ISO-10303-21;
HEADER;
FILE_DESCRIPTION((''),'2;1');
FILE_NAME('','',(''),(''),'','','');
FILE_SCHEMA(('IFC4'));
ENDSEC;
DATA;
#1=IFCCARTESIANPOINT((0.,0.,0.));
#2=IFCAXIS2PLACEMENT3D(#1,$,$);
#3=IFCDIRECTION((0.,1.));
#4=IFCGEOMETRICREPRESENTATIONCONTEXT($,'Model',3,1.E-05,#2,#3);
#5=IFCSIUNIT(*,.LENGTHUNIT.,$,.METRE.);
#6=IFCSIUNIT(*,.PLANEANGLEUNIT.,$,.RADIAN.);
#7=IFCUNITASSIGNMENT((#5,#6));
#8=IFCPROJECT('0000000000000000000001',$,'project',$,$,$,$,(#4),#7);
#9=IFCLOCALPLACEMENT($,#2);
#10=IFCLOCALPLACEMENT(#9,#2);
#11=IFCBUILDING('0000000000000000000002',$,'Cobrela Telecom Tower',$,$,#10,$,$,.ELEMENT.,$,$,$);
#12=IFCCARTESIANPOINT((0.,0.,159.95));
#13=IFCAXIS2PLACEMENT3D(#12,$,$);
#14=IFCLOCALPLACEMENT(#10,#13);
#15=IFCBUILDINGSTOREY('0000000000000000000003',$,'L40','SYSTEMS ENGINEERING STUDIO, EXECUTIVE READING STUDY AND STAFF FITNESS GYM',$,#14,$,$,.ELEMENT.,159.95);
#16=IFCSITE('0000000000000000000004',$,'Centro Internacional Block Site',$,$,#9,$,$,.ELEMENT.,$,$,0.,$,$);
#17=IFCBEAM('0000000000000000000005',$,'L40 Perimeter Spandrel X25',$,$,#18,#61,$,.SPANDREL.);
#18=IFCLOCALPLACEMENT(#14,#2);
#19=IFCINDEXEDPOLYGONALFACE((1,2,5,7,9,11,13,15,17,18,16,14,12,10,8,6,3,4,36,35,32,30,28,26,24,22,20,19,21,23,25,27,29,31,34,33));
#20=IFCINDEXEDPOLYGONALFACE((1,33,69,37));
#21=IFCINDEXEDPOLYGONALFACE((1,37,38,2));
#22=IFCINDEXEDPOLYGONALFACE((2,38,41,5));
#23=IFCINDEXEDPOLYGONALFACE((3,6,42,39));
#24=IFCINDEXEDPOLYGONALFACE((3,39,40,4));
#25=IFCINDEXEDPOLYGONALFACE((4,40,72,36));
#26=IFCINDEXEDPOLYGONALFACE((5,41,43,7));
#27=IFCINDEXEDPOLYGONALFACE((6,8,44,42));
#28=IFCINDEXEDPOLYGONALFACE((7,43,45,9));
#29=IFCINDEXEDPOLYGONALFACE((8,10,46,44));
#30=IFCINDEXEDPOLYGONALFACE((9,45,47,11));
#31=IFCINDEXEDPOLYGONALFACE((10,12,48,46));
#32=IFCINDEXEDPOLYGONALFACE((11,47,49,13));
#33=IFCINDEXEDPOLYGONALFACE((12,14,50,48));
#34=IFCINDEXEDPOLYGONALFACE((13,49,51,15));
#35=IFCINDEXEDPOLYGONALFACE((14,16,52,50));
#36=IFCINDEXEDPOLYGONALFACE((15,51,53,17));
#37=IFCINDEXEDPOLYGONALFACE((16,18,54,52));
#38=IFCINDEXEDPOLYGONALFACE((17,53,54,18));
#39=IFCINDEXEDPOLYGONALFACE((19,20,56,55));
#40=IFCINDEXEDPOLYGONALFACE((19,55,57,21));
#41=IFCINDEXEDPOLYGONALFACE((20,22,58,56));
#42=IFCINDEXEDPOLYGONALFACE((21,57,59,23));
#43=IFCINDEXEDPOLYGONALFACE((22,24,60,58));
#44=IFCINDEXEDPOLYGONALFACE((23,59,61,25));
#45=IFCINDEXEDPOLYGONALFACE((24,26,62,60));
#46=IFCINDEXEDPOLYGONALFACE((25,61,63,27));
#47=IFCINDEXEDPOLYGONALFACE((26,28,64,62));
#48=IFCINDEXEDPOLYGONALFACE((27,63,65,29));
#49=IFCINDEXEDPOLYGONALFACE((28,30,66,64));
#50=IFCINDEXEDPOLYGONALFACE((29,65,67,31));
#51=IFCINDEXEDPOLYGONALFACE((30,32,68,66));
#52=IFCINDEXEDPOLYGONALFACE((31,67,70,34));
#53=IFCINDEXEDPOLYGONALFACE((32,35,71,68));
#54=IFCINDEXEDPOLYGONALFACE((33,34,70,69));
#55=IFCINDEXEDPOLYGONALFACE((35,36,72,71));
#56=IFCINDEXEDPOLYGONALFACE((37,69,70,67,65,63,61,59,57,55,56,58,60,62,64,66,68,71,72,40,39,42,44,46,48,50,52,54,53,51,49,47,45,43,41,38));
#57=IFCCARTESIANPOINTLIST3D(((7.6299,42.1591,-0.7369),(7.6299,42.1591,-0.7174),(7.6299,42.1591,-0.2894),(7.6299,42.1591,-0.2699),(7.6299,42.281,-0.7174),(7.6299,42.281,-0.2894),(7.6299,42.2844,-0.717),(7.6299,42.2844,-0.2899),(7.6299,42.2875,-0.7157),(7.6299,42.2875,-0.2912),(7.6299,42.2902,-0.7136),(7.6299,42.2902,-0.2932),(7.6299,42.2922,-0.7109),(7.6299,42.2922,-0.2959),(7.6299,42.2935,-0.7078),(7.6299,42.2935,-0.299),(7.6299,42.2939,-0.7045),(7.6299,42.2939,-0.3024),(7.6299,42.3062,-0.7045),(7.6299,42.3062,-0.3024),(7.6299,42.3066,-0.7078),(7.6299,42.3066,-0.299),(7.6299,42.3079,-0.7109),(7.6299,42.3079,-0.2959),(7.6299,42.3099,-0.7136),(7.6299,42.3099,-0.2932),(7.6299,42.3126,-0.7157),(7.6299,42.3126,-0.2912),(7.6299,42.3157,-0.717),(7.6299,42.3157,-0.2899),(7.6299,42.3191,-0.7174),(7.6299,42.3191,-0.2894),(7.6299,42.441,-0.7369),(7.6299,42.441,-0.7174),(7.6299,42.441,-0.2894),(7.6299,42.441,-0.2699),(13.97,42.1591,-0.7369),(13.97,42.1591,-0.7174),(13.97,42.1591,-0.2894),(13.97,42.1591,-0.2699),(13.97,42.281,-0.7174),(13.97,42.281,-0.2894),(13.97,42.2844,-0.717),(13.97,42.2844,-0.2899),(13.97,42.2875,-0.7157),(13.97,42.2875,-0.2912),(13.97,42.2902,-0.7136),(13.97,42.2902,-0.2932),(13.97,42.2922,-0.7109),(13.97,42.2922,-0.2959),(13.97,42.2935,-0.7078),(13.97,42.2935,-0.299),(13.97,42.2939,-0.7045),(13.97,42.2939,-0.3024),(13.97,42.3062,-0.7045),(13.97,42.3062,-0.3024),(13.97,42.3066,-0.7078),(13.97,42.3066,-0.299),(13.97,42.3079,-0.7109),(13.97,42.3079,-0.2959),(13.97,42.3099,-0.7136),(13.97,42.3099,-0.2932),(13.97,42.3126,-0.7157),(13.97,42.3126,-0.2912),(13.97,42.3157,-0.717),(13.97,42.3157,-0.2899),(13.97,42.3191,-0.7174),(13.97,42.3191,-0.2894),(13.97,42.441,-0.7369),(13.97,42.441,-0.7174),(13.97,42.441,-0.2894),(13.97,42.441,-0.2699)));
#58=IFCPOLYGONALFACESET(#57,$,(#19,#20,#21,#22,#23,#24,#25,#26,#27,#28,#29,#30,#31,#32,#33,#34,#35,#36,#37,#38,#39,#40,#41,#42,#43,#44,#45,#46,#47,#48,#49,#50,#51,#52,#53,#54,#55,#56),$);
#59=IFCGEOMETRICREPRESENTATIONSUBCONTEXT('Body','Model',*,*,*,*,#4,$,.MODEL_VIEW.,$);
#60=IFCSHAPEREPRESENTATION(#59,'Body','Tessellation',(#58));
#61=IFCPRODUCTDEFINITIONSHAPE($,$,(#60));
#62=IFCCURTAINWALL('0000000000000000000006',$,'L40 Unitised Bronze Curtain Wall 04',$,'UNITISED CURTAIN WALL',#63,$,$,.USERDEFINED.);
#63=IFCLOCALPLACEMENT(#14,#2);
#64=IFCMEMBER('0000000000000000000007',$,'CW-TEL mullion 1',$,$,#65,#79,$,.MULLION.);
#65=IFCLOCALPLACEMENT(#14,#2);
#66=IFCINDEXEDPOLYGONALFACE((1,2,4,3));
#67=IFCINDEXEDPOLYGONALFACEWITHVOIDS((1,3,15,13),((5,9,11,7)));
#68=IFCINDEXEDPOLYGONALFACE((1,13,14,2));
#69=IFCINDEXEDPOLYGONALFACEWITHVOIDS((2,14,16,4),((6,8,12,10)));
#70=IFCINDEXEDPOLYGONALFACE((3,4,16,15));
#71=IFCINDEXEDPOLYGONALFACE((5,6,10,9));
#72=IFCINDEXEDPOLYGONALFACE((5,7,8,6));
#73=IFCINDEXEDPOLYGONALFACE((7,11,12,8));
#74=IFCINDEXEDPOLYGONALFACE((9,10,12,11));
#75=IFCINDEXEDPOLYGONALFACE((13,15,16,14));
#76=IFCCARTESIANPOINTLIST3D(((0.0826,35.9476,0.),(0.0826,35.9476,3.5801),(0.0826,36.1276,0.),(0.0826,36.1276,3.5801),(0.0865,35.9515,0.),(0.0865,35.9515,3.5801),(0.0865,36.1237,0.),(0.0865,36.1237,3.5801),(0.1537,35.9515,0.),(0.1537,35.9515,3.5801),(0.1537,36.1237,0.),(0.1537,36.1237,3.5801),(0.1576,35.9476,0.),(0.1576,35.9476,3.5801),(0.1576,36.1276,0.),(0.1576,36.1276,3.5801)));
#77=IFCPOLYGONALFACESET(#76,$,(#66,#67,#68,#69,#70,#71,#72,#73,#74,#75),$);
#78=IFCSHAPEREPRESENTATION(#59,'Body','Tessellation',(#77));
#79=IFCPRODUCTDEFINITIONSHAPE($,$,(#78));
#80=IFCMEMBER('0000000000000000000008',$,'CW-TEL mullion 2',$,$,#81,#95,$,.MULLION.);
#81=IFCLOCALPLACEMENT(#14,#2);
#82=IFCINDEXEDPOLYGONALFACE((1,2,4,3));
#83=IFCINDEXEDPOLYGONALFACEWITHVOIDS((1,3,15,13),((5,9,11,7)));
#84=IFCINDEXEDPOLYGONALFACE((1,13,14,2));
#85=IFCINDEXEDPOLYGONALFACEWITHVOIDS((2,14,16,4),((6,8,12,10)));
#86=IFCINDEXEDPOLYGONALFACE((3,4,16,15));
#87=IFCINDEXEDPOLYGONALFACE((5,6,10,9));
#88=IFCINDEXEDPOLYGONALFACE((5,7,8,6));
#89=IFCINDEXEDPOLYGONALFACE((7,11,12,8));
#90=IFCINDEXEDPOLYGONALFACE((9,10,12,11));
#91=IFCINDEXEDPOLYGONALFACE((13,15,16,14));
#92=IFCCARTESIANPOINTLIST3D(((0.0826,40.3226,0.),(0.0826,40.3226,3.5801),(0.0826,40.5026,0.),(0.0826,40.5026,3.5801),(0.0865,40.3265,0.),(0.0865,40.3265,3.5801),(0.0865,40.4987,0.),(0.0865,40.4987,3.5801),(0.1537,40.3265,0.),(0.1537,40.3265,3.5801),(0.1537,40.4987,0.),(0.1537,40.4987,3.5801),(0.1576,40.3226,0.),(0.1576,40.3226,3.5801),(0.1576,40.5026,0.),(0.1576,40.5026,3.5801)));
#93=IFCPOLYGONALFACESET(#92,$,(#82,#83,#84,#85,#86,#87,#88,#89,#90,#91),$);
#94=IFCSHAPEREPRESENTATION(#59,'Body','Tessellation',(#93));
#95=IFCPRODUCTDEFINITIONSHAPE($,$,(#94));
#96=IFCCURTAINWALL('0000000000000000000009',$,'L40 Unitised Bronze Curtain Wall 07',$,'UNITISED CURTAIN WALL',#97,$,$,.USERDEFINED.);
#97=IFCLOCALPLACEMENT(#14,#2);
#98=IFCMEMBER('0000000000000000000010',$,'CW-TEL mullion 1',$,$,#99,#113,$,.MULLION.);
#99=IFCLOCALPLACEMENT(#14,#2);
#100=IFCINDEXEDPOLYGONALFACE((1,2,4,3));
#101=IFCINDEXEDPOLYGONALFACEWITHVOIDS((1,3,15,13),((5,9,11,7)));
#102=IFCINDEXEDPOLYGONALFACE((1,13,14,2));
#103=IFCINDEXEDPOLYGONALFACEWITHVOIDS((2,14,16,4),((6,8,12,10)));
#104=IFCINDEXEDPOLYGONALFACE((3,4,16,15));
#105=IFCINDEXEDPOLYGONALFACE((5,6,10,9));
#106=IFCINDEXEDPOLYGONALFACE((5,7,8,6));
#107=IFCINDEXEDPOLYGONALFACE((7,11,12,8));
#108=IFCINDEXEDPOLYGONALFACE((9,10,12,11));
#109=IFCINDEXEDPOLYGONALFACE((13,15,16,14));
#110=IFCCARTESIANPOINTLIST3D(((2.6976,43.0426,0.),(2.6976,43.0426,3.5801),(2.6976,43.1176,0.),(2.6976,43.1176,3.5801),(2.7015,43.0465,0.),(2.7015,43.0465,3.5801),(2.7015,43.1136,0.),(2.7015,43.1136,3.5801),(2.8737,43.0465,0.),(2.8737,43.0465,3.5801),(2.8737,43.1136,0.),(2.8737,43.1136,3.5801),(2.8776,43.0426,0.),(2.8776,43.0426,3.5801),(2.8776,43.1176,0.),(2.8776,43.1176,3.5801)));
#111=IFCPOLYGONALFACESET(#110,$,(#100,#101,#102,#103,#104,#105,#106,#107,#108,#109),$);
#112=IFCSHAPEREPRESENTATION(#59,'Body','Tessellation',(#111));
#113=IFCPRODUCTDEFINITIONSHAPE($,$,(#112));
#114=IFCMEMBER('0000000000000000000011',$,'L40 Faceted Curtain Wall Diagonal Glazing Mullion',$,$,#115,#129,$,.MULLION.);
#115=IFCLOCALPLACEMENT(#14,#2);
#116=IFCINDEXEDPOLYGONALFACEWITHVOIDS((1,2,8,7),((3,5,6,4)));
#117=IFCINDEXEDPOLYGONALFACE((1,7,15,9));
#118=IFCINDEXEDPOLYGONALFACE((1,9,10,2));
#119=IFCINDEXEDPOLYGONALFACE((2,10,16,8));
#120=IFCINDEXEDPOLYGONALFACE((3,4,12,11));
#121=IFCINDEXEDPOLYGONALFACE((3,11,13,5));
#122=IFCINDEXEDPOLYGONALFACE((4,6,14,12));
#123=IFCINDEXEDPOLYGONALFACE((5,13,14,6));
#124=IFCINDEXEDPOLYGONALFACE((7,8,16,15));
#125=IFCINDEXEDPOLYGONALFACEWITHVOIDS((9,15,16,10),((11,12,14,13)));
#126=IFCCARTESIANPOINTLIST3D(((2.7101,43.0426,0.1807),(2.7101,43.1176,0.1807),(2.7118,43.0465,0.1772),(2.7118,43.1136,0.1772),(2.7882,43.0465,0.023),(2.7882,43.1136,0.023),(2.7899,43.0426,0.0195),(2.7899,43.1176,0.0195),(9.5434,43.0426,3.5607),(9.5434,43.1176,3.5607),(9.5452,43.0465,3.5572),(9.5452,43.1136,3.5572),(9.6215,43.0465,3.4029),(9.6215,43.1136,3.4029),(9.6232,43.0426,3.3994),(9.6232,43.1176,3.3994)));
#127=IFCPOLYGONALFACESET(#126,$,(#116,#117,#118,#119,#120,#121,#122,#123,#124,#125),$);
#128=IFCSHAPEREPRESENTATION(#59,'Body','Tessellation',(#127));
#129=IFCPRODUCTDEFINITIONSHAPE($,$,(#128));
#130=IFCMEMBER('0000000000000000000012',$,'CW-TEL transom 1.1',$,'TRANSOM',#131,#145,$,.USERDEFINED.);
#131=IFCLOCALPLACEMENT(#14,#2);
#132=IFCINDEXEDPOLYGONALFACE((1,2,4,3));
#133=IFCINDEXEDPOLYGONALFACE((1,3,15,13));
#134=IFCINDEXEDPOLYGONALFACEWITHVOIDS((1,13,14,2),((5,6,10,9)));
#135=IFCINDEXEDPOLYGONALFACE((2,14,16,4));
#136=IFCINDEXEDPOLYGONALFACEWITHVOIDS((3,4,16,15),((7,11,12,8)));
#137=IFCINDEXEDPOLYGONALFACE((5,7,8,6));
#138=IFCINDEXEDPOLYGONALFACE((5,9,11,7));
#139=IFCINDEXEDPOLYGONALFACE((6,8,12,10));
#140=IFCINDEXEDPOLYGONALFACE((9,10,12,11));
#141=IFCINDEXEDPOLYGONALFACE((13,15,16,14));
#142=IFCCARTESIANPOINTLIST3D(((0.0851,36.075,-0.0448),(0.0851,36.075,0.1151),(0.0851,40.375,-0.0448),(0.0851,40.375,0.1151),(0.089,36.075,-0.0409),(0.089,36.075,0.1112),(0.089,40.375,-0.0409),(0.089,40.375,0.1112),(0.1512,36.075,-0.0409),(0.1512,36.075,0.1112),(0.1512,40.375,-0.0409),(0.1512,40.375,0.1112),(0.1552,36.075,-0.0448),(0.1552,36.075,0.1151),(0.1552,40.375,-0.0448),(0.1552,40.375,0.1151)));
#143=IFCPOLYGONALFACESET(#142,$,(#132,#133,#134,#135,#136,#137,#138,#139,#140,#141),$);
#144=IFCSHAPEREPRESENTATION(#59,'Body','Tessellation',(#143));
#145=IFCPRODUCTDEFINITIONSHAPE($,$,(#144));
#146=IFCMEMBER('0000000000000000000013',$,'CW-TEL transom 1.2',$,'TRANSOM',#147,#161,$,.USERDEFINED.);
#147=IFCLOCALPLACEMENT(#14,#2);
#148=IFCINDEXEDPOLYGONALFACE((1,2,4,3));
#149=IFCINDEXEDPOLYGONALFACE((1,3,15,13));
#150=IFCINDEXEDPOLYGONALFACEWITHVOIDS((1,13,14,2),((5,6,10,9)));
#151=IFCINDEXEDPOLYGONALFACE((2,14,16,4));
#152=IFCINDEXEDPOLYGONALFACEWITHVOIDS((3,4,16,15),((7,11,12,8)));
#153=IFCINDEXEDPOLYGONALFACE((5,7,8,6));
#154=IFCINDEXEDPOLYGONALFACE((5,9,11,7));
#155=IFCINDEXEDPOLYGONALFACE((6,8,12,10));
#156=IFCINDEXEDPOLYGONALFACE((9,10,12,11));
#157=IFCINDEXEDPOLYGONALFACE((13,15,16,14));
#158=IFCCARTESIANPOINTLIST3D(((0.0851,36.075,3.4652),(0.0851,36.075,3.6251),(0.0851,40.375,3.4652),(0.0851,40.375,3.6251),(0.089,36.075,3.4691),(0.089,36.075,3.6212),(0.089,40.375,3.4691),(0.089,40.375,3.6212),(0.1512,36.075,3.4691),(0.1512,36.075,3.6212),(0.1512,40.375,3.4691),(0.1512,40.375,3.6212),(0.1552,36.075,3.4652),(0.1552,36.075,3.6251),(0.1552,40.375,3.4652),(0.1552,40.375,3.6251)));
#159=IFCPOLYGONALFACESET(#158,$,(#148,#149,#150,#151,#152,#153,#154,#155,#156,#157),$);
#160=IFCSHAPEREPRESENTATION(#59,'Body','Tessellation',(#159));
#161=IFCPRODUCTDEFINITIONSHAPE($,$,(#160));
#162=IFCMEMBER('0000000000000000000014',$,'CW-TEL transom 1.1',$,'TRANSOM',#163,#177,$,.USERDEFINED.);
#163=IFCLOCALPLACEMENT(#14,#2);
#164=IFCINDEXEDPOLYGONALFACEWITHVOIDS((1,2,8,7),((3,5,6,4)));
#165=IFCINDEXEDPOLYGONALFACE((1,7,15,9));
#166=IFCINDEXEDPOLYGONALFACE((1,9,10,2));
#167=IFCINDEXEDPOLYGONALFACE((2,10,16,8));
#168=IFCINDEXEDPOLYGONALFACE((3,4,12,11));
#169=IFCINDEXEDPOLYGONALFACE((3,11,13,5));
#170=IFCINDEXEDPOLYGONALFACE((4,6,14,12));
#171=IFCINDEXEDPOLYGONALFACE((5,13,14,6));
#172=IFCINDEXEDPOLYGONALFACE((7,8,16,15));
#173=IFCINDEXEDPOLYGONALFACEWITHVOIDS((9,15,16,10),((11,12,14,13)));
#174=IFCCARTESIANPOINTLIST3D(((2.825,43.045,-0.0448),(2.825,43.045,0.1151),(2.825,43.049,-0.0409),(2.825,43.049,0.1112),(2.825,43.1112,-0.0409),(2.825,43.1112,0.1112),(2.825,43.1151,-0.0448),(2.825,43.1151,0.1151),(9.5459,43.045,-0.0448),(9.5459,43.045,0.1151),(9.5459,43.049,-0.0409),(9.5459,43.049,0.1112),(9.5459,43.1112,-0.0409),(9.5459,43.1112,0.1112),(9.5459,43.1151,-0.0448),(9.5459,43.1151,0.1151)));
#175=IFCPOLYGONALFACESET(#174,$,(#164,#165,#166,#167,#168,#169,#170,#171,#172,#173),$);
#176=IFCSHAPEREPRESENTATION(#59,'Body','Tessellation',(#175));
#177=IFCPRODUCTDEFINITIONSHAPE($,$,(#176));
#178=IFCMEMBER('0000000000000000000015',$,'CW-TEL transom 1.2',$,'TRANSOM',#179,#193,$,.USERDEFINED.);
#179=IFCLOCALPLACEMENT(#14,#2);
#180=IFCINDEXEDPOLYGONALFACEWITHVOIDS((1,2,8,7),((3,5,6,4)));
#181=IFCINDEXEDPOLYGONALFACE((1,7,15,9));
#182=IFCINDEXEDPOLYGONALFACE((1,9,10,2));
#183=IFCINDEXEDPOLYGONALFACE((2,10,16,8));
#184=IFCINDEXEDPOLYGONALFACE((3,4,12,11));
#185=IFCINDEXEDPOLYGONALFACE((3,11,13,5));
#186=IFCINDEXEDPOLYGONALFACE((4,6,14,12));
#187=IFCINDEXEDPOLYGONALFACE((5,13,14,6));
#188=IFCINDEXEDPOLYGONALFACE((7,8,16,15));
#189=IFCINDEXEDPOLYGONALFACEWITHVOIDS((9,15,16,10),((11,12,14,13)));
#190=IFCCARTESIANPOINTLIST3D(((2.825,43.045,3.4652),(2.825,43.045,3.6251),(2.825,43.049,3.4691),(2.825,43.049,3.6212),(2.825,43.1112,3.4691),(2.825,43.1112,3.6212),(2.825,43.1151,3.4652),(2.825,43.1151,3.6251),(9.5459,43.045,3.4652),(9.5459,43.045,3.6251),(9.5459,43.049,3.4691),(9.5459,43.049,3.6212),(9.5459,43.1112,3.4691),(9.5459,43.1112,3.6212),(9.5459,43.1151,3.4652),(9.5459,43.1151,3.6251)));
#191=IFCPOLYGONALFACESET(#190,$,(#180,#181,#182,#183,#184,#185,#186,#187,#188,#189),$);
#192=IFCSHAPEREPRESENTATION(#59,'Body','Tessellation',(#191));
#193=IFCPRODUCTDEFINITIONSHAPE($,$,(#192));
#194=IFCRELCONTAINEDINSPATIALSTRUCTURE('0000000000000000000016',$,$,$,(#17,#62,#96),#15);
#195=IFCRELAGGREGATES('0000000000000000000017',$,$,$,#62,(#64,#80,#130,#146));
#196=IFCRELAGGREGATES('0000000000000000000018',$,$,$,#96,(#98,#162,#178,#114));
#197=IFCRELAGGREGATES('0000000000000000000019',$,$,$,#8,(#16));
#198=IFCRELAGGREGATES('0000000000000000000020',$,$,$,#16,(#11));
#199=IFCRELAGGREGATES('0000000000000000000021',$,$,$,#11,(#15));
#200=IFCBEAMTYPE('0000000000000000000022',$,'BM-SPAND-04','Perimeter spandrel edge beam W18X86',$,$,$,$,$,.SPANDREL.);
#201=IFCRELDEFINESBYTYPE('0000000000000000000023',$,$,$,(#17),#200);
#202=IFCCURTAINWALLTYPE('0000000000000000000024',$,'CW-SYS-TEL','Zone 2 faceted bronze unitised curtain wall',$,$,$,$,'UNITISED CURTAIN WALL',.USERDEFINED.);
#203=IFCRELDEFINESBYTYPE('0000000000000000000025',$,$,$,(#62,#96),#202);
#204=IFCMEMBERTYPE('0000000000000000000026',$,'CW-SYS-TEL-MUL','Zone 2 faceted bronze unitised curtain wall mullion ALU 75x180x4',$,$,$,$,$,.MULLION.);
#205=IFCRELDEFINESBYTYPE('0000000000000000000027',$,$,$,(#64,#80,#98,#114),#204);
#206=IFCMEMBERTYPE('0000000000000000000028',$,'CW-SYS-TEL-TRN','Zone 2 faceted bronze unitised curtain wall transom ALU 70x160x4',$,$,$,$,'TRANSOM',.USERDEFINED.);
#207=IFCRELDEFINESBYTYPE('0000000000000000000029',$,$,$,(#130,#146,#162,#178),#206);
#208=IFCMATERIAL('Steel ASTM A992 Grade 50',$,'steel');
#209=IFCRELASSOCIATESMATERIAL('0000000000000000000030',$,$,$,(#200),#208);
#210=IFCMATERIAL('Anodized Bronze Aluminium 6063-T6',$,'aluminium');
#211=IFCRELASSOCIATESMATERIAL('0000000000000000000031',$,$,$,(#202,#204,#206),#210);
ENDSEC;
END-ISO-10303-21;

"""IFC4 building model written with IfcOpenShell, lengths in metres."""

from ifc_helpers import new_model, si_unit, direction, frame, origin, origin_2d, place, context, subcontext, project, spatial, hollow_rectangle, i_section, extrude, material, material_profile, profile_set, type_object, element, aggregate, save


model = new_model("IFC4")

# Units and contexts
model_context = context("Model", 3, precision=1e-05, world=origin(), true_north=direction((0.0, 1.0)))
body_context = subcontext(model_context, "Body", "Model", "MODEL_VIEW")
ifc_project = project(units=[si_unit("LENGTHUNIT", "METRE"), si_unit("PLANEANGLEUNIT", "RADIAN")], contexts=[model_context])

# Site, building, storey
site_placement = place(None, origin())
site = spatial("IfcSite", under=ifc_project, at=site_placement, Name="Centro Internacional Block Site", CompositionType="ELEMENT", RefElevation=0.0)
building_placement = place(site_placement, origin())
building = spatial("IfcBuilding", under=site, at=building_placement, Name="Cobrela Telecom Tower", CompositionType="ELEMENT")
storey_placement = place(building_placement, frame((0.0, 0.0, 159.95)))
storey = spatial("IfcBuildingStorey", under=building, at=storey_placement, Name="L40", Description="SYSTEMS ENGINEERING STUDIO, EXECUTIVE READING STUDY AND STAFF FITNESS GYM", CompositionType="ELEMENT", Elevation=159.95)

# Beam
ifc_material_1 = material(Name="Steel ASTM A992 Grade 50", Category="steel")
ifc_material_profile_1 = material_profile(ifc_material_1, i_section(OverallWidth=0.282, OverallDepth=0.467, WebThickness=0.0122, FlangeThickness=0.0195, FilletRadius=0.0129, at=origin_2d()), Name="W18X86")
ifc_profile_set_1 = profile_set([ifc_material_profile_1], Name="Steel ASTM A992 Grade 50")
beam_type_1 = type_object("IfcBeamType", Name="BM-SPAND-04", Description="Perimeter spandrel edge beam W18X86", PredefinedType="SPANDREL", material=ifc_profile_set_1)
beam_1_placement = place(storey_placement, frame((7.6299, 42.3, -0.5034), z_axis=(1.0, 0.0, 0.0), x_axis=(0.0, 1.0, 0.0)))
element("IfcBeam", 1, at=beam_1_placement, inside=storey, type_object=beam_type_1, Name="L40 Perimeter Spandrel X25", PredefinedType="SPANDREL", context=body_context, shape_type="SweptSolid", body=[
    extrude(i_section(OverallWidth=0.282, OverallDepth=0.467, WebThickness=0.0122, FlangeThickness=0.0195, FilletRadius=0.0129, at=origin_2d()), origin(), (0.0, 0.0, 1.0), 6.3401),
])

# Curtain walls, members
ifc_material_2 = material(Name="Anodized Bronze Aluminium 6063-T6", Category="aluminium")
curtain_wall_type = type_object("IfcCurtainWallType", Name="CW-SYS-TEL", Description="Zone 2 faceted bronze unitised curtain wall", ElementType="UNITISED CURTAIN WALL", PredefinedType="USERDEFINED", material=ifc_material_2)
curtain_wall_1_placement = place(storey_placement, origin())
curtain_wall_1 = element("IfcCurtainWall", 2, at=curtain_wall_1_placement, inside=storey, type_object=curtain_wall_type, Name="L40 Unitised Bronze Curtain Wall 04", ObjectType="UNITISED CURTAIN WALL", PredefinedType="USERDEFINED")
ifc_material_profile_2 = material_profile(ifc_material_2, hollow_rectangle(XDim=0.075, YDim=0.1799, WallThickness=0.0039, at=origin_2d()), Name="ALU 75x180x4")
ifc_profile_set_2 = profile_set([ifc_material_profile_2], Name="Anodized Bronze Aluminium 6063-T6")
member_type_1 = type_object("IfcMemberType", Name="CW-SYS-TEL-MUL", Description="Zone 2 faceted bronze unitised curtain wall mullion ALU 75x180x4", PredefinedType="MULLION", material=ifc_profile_set_2)
member_1_placement = place(storey_placement, frame((0.1201, 36.0376, 0.0), z_axis=(0.0, 0.0, 1.0), x_axis=(-1.0, 0.0, 0.0)))
member_1 = element("IfcMember", 3, at=member_1_placement, type_object=member_type_1, Name="CW-TEL mullion 1", PredefinedType="MULLION", context=body_context, shape_type="SweptSolid", body=[
    extrude(hollow_rectangle(XDim=0.075, YDim=0.1799, WallThickness=0.0039, at=origin_2d()), origin(), (0.0, 0.0, 1.0), 3.5801),
])
member_2_placement = place(storey_placement, frame((0.1201, 40.4126, 0.0), z_axis=(0.0, 0.0, 1.0), x_axis=(-1.0, 0.0, 0.0)))
member_2 = element("IfcMember", 4, at=member_2_placement, type_object=member_type_1, Name="CW-TEL mullion 2", PredefinedType="MULLION", context=body_context, shape_type="SweptSolid", body=[
    extrude(hollow_rectangle(XDim=0.075, YDim=0.1799, WallThickness=0.0039, at=origin_2d()), origin(), (0.0, 0.0, 1.0), 3.5801),
])
curtain_wall_2_placement = place(storey_placement, origin())
curtain_wall_2 = element("IfcCurtainWall", 5, at=curtain_wall_2_placement, inside=storey, type_object=curtain_wall_type, Name="L40 Unitised Bronze Curtain Wall 07", ObjectType="UNITISED CURTAIN WALL", PredefinedType="USERDEFINED")
member_3_placement = place(storey_placement, frame((2.7876, 43.0801, 0.0), z_axis=(0.0, 0.0, 1.0), x_axis=(0.0, 1.0, 0.0)))
member_3 = element("IfcMember", 6, at=member_3_placement, type_object=member_type_1, Name="CW-TEL mullion 1", PredefinedType="MULLION", context=body_context, shape_type="SweptSolid", body=[
    extrude(hollow_rectangle(XDim=0.075, YDim=0.1799, WallThickness=0.0039, at=origin_2d()), origin(), (0.0, 0.0, 1.0), 3.5801),
])
member_4_placement = place(storey_placement, frame((2.75, 43.0801, 0.1001), z_axis=(0.896347, 0.0, 0.443354), x_axis=(0.0, 1.0, 0.0)))
member_4 = element("IfcMember", 7, at=member_4_placement, type_object=member_type_1, Name="L40 Faceted Curtain Wall Diagonal Glazing Mullion", PredefinedType="MULLION", context=body_context, shape_type="SweptSolid", body=[
    extrude(hollow_rectangle(XDim=0.075, YDim=0.1799, WallThickness=0.0039, at=origin_2d()), origin(), (0.0, 0.0, 1.0), 7.6235),
])

# Members
ifc_material_profile_3 = material_profile(ifc_material_2, hollow_rectangle(XDim=0.0701, YDim=0.1599, WallThickness=0.0039, at=origin_2d()), Name="ALU 70x160x4")
ifc_profile_set_3 = profile_set([ifc_material_profile_3], Name="Anodized Bronze Aluminium 6063-T6")
member_type_2 = type_object("IfcMemberType", Name="CW-SYS-TEL-TRN", Description="Zone 2 faceted bronze unitised curtain wall transom ALU 70x160x4", ElementType="TRANSOM", PredefinedType="USERDEFINED", material=ifc_profile_set_3)
member_5_placement = place(storey_placement, frame((0.1201, 36.075, 0.0352), z_axis=(0.0, 1.0, 0.0), x_axis=(-1.0, 0.0, 0.0)))
member_5 = element("IfcMember", 8, at=member_5_placement, type_object=member_type_2, Name="CW-TEL transom 1.1", ObjectType="TRANSOM", PredefinedType="USERDEFINED", context=body_context, shape_type="SweptSolid", body=[
    extrude(hollow_rectangle(XDim=0.0701, YDim=0.1599, WallThickness=0.0039, at=origin_2d()), origin(), (0.0, 0.0, 1.0), 4.3),
])
member_6_placement = place(storey_placement, frame((0.1201, 36.075, 3.5452), z_axis=(0.0, 1.0, 0.0), x_axis=(-1.0, 0.0, 0.0)))
member_6 = element("IfcMember", 9, at=member_6_placement, type_object=member_type_2, Name="CW-TEL transom 1.2", ObjectType="TRANSOM", PredefinedType="USERDEFINED", context=body_context, shape_type="SweptSolid", body=[
    extrude(hollow_rectangle(XDim=0.0701, YDim=0.1599, WallThickness=0.0039, at=origin_2d()), origin(), (0.0, 0.0, 1.0), 4.3),
])
member_7_placement = place(storey_placement, frame((2.825, 43.0801, 0.0352), z_axis=(1.0, 0.0, 0.0), x_axis=(0.0, 1.0, 0.0)))
member_7 = element("IfcMember", 10, at=member_7_placement, type_object=member_type_2, Name="CW-TEL transom 1.1", ObjectType="TRANSOM", PredefinedType="USERDEFINED", context=body_context, shape_type="SweptSolid", body=[
    extrude(hollow_rectangle(XDim=0.0701, YDim=0.1599, WallThickness=0.0039, at=origin_2d()), origin(), (0.0, 0.0, 1.0), 6.7209),
])
member_8_placement = place(storey_placement, frame((2.825, 43.0801, 3.5452), z_axis=(1.0, 0.0, 0.0), x_axis=(0.0, 1.0, 0.0)))
member_8 = element("IfcMember", 11, at=member_8_placement, type_object=member_type_2, Name="CW-TEL transom 1.2", ObjectType="TRANSOM", PredefinedType="USERDEFINED", context=body_context, shape_type="SweptSolid", body=[
    extrude(hollow_rectangle(XDim=0.0701, YDim=0.1599, WallThickness=0.0039, at=origin_2d()), origin(), (0.0, 0.0, 1.0), 6.7209),
])

aggregate(curtain_wall_1, [member_1, member_2, member_5, member_6])
aggregate(curtain_wall_2, [member_3, member_7, member_8, member_4])

save(model, "model.ifc")
